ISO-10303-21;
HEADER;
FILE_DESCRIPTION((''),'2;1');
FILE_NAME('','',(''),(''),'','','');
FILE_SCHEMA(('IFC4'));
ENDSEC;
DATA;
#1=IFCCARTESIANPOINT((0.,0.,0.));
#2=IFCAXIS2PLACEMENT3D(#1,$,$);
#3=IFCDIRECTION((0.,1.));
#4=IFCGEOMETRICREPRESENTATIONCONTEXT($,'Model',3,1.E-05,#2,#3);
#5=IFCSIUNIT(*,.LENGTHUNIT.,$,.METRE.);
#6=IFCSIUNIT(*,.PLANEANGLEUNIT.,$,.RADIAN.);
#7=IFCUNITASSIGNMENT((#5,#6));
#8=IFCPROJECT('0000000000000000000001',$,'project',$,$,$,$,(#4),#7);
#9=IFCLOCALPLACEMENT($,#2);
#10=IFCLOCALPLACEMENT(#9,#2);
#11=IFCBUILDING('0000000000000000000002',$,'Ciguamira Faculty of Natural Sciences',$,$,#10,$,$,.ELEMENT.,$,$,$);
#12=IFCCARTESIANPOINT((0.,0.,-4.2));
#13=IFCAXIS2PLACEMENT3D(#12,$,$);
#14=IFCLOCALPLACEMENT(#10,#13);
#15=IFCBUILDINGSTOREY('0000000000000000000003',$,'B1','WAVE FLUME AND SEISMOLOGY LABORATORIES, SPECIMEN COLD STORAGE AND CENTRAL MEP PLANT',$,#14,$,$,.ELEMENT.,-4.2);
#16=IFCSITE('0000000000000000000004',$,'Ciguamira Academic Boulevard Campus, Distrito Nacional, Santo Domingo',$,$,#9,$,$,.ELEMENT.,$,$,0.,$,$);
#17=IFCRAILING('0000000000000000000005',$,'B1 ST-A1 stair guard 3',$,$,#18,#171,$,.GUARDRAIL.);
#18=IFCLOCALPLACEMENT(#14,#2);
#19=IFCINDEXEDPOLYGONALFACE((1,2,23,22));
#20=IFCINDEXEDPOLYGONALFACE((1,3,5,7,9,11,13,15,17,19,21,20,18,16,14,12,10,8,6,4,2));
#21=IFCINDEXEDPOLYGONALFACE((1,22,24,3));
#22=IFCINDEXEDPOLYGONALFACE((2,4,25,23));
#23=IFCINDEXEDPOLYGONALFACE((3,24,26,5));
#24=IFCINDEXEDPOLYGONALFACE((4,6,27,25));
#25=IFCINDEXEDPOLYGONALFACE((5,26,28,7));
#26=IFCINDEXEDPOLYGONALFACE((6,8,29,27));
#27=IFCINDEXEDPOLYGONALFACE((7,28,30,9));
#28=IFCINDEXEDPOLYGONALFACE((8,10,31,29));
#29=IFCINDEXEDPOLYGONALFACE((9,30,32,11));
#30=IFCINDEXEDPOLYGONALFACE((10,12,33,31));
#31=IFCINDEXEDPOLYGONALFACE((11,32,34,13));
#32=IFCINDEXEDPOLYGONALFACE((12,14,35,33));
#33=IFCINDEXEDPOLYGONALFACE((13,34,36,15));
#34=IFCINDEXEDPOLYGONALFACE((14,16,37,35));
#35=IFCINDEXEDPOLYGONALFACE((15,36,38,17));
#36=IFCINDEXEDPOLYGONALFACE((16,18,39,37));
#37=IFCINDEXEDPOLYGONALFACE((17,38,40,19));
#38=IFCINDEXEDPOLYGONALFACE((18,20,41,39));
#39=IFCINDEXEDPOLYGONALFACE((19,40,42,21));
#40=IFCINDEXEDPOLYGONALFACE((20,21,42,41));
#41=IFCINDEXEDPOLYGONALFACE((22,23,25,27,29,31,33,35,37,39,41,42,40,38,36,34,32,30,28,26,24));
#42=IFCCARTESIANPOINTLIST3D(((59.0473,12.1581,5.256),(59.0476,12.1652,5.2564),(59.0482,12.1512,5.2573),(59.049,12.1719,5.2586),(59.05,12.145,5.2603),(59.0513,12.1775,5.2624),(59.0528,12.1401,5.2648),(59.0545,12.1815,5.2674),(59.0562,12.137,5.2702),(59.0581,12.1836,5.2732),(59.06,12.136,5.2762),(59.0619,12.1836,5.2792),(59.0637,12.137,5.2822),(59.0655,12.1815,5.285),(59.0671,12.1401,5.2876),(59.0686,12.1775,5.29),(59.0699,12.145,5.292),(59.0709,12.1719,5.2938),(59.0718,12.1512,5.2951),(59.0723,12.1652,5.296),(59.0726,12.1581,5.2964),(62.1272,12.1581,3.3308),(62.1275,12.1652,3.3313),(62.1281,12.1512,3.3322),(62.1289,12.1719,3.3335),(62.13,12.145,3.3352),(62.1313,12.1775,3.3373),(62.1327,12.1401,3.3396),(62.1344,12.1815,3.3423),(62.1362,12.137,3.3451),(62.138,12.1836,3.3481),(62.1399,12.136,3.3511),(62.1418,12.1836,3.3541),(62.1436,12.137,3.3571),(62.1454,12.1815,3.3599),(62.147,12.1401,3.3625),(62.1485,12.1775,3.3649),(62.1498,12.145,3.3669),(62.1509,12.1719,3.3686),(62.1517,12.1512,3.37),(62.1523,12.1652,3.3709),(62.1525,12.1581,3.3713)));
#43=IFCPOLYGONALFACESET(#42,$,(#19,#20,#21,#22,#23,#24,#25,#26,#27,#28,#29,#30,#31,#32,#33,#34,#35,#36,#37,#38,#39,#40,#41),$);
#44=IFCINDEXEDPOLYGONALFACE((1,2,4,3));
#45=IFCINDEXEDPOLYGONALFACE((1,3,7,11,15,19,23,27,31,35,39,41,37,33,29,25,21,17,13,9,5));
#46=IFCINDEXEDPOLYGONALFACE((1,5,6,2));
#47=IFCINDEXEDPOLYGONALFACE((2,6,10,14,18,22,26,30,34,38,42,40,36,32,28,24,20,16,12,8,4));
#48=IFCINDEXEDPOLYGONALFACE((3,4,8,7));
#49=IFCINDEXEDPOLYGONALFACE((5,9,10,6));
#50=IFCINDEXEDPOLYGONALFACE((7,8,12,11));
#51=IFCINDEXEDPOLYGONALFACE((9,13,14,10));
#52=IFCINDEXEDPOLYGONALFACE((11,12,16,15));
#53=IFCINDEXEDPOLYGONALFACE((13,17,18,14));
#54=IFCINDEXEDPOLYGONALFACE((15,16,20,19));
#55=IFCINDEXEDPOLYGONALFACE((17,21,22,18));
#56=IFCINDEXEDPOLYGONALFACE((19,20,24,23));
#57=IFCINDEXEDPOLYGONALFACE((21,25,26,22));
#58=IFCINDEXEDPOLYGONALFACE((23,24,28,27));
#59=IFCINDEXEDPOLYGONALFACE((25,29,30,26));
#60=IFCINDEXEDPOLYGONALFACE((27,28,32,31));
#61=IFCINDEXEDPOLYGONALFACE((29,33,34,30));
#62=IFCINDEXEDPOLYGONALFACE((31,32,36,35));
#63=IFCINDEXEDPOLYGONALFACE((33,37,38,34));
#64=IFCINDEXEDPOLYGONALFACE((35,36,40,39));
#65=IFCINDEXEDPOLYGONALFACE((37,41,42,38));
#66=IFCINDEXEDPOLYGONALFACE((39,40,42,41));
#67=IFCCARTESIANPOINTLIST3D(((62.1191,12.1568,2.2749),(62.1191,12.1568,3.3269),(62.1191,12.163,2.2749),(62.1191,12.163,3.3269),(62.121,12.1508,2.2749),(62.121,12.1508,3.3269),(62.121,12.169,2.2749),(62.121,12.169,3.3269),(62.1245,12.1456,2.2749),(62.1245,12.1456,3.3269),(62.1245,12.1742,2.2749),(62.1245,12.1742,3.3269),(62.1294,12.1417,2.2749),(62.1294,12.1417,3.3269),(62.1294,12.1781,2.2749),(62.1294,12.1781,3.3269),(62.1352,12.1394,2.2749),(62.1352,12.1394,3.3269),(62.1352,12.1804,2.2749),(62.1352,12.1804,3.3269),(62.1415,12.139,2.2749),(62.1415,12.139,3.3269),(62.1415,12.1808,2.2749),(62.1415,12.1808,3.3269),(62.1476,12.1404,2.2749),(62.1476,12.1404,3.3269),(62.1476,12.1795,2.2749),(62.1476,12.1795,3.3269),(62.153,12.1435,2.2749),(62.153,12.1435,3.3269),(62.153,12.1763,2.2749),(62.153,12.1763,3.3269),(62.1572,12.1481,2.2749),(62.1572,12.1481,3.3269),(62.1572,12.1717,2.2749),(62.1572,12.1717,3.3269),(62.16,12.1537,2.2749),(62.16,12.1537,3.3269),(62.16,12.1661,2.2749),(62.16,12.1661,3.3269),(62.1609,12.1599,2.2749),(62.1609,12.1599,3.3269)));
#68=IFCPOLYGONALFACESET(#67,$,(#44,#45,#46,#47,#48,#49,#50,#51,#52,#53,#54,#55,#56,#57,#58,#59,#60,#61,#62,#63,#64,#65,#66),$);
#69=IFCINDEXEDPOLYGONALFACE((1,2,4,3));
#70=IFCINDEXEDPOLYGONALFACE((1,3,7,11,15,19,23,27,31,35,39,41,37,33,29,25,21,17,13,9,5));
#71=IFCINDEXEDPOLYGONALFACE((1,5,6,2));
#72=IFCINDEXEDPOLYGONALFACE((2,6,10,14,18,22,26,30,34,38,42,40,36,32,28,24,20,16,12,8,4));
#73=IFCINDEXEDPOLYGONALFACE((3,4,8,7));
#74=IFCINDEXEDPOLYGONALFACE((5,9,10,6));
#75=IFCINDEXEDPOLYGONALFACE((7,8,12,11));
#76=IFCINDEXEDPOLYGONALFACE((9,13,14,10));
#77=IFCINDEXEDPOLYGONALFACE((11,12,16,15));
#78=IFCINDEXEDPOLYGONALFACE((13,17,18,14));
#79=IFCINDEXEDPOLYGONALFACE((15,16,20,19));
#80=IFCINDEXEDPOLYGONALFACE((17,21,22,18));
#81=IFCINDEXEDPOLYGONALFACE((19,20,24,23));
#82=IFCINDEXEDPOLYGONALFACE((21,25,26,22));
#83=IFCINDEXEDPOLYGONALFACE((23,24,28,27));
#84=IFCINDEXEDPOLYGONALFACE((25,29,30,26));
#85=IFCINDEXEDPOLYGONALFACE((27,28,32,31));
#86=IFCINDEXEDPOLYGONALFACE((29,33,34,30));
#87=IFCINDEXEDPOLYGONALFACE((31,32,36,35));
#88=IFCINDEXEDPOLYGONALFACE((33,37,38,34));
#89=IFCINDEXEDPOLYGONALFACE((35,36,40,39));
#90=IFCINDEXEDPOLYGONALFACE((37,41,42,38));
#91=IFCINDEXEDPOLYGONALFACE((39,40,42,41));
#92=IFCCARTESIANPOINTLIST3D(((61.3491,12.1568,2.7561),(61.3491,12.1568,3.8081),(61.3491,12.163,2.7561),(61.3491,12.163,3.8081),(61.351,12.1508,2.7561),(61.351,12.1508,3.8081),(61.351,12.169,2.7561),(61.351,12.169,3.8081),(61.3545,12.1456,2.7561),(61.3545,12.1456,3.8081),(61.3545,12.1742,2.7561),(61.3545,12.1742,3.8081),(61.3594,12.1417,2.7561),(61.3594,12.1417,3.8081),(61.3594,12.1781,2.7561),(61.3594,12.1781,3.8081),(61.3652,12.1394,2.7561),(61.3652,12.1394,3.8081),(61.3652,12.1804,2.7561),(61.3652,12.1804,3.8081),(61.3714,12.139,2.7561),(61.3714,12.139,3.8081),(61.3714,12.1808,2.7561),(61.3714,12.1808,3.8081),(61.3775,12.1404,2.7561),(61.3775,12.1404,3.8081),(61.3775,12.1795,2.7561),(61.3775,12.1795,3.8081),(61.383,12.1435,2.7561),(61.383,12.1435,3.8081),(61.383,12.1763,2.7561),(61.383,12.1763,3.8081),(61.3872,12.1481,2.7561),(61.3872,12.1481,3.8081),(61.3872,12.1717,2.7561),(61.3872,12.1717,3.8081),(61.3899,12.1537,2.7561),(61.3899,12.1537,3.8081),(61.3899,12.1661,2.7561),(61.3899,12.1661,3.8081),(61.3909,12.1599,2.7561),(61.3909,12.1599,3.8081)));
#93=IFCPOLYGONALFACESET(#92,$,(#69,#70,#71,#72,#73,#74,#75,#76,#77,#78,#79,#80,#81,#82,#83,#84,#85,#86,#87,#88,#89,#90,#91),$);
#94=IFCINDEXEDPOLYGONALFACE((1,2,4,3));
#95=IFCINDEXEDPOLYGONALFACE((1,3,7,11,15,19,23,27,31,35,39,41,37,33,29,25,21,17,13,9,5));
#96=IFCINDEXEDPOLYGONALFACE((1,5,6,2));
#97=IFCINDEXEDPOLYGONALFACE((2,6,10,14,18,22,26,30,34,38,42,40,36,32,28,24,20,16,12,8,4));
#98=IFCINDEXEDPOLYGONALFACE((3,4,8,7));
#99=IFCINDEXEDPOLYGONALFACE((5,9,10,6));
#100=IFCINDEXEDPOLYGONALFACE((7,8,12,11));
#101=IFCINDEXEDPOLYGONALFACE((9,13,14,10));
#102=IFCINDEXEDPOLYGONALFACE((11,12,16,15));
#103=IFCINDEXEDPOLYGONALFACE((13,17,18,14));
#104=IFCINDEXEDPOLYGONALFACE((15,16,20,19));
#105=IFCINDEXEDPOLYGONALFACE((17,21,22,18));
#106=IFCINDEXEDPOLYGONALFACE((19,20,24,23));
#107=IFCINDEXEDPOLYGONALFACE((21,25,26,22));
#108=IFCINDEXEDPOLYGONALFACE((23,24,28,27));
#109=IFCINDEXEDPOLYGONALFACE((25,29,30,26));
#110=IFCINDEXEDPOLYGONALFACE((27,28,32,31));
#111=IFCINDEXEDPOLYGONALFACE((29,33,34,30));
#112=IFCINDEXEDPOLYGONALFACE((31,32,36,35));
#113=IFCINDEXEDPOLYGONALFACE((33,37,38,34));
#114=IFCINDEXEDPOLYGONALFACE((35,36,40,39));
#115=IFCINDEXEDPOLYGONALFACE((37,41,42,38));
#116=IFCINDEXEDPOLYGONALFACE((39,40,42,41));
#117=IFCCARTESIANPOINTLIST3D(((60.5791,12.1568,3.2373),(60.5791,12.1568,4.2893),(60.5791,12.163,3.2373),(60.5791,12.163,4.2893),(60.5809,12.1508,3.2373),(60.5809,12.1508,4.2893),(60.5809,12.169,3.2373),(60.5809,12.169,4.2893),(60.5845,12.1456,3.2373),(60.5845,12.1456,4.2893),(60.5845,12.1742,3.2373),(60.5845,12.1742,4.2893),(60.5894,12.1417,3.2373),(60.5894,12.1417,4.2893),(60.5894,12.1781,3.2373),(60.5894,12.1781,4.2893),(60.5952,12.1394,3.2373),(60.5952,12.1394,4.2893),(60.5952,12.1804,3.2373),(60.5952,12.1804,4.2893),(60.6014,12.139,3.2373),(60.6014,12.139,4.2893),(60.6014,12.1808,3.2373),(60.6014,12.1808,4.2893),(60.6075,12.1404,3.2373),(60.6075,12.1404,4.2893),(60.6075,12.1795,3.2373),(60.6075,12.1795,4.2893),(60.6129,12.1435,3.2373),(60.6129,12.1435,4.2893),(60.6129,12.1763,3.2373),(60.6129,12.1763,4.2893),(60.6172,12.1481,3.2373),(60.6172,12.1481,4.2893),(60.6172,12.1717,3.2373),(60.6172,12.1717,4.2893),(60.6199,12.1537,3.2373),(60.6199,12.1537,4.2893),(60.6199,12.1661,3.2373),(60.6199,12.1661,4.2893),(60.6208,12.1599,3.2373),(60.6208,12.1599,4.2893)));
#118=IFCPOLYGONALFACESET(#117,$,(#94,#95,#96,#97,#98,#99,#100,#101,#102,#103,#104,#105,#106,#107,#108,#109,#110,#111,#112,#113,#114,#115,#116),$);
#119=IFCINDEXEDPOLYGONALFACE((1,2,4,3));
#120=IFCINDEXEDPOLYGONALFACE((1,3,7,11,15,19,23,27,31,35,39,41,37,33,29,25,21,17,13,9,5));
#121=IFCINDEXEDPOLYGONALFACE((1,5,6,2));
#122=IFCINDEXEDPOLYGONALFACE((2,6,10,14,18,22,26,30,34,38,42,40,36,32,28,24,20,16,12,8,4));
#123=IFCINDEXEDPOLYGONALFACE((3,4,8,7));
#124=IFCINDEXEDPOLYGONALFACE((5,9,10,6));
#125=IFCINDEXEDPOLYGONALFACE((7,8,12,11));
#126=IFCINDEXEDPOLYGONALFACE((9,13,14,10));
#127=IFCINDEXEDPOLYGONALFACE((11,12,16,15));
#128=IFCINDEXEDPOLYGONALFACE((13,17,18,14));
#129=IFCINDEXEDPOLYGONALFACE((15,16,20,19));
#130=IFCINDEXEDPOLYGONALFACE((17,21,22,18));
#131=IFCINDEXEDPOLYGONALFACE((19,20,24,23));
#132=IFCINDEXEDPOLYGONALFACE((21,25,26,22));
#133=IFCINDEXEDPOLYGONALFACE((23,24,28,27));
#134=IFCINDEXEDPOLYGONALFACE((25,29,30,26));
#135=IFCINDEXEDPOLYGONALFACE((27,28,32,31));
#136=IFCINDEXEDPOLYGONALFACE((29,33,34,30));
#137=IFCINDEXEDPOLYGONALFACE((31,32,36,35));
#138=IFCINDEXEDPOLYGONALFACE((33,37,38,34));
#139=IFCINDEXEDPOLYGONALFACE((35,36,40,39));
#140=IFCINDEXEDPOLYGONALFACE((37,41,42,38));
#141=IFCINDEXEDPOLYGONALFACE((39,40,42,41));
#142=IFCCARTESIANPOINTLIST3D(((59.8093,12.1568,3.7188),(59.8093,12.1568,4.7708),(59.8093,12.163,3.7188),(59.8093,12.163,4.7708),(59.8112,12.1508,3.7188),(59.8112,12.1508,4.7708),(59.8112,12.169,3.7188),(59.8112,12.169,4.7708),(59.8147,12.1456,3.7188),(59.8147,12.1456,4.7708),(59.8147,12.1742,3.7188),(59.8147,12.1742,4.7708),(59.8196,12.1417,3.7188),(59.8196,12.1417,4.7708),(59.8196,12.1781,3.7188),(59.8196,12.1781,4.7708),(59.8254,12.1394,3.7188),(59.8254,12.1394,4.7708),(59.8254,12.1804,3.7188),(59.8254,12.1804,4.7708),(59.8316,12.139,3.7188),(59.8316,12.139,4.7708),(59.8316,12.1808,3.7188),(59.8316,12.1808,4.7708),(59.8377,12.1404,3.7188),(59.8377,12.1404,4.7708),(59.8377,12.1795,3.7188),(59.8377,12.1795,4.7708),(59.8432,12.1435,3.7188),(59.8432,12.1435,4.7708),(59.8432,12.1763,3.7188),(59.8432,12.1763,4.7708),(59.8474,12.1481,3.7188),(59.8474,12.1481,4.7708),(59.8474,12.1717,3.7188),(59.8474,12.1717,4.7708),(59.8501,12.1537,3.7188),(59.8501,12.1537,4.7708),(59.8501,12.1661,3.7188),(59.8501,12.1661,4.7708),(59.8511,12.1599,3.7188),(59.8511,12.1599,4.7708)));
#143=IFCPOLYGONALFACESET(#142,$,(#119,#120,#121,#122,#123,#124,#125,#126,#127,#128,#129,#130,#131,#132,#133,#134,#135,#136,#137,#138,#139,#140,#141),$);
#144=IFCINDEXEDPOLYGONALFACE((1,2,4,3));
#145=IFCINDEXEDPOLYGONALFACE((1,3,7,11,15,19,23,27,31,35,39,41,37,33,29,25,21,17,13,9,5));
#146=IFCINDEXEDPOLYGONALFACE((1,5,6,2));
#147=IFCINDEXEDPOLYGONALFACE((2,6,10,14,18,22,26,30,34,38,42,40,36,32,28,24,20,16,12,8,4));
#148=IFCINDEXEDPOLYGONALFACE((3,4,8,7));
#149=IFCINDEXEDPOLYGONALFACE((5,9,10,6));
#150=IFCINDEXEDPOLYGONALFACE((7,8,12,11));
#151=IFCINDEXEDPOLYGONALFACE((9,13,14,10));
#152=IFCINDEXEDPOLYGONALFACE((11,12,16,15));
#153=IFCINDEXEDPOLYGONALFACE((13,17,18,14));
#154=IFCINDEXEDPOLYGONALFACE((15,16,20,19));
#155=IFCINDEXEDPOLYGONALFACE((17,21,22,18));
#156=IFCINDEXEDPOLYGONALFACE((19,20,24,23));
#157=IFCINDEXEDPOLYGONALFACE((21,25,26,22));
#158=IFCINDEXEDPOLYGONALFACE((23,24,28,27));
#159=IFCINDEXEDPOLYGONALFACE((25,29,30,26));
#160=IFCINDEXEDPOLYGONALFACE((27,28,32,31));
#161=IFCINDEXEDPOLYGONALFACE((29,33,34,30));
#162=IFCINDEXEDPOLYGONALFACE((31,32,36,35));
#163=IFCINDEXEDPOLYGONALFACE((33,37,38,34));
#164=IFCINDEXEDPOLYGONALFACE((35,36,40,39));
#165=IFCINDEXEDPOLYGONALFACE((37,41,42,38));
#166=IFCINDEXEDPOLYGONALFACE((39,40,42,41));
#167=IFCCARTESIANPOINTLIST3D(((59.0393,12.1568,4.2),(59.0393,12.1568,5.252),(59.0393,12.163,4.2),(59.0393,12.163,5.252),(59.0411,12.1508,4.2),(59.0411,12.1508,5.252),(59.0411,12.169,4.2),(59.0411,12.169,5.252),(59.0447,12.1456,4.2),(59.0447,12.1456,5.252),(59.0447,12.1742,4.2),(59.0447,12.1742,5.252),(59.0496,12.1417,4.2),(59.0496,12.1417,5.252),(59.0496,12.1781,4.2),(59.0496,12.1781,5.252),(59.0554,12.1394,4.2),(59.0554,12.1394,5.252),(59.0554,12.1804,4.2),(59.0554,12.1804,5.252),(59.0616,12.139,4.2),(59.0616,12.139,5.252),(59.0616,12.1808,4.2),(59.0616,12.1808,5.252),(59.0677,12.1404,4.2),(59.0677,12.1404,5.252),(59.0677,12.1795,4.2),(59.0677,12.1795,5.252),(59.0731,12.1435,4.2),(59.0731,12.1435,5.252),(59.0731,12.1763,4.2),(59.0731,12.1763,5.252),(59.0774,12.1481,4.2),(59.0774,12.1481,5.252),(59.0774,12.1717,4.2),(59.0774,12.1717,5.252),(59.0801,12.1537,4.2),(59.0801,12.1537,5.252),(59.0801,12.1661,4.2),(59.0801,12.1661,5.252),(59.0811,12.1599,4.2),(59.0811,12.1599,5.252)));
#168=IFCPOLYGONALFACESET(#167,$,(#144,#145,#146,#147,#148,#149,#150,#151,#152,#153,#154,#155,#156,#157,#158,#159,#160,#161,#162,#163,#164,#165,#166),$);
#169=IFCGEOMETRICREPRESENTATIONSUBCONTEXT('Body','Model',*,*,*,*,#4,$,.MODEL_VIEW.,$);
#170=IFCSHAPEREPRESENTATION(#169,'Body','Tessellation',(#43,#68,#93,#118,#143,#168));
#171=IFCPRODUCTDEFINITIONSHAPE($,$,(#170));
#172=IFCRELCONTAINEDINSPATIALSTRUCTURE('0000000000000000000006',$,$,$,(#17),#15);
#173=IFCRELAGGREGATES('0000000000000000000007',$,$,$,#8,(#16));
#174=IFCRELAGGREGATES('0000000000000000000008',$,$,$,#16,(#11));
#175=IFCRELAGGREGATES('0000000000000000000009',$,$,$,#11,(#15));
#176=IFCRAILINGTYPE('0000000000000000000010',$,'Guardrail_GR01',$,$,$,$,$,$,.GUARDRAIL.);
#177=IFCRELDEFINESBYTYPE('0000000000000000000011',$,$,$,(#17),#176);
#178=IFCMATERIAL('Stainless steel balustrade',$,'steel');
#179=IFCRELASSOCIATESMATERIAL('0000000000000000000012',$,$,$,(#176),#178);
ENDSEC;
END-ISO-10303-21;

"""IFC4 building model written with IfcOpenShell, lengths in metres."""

from ifc_helpers import new_model, si_unit, direction, frame, origin, origin_2d, place, context, subcontext, project, spatial, circle, extrude, material, type_object, element, save


model = new_model("IFC4")

# Units and contexts
model_context = context("Model", 3, precision=1e-05, world=origin(), true_north=direction((0.0, 1.0)))
body_context = subcontext(model_context, "Body", "Model", "MODEL_VIEW")
ifc_project = project(units=[si_unit("LENGTHUNIT", "METRE"), si_unit("PLANEANGLEUNIT", "RADIAN")], contexts=[model_context])

# Site, building, storey
site_placement = place(None, origin())
site = spatial("IfcSite", under=ifc_project, at=site_placement, Name="Ciguamira Academic Boulevard Campus, Distrito Nacional, Santo Domingo", CompositionType="ELEMENT", RefElevation=0.0)
building_placement = place(site_placement, origin())
building = spatial("IfcBuilding", under=site, at=building_placement, Name="Ciguamira Faculty of Natural Sciences", CompositionType="ELEMENT")
storey_placement = place(building_placement, frame((0.0, 0.0, -4.2)))
storey = spatial("IfcBuildingStorey", under=building, at=storey_placement, Name="B1", Description="WAVE FLUME AND SEISMOLOGY LABORATORIES, SPECIMEN COLD STORAGE AND CENTRAL MEP PLANT", CompositionType="ELEMENT", Elevation=-4.2)

# Railing
ifc_material_1 = material(Name="Stainless steel balustrade", Category="steel")
railing_type_1 = type_object("IfcRailingType", Name="Guardrail_GR01", PredefinedType="GUARDRAIL", material=ifc_material_1)
railing_1_placement = place(storey_placement, frame((62.1399, 12.1599, 2.2749)))
element("IfcRailing", 1, at=railing_1_placement, inside=storey, type_object=railing_type_1, Name="B1 ST-A1 stair guard 3", PredefinedType="GUARDRAIL", context=body_context, shape_type="SweptSolid", body=[
    extrude(circle(Radius=0.0239, at=origin_2d()), frame((0.0, 0.0, 1.0762), z_axis=(-0.847979, 0.0, 0.530029), x_axis=(0.0, -1.0, 0.0)), (0.0, 0.0, 1.0), 3.6321),
    extrude(circle(Radius=0.021, at=origin_2d()), origin(), (0.0, 0.0, 1.0), 1.052),
    extrude(circle(Radius=0.021, at=origin_2d()), frame((-0.77, 0.0, 0.4812)), (0.0, 0.0, 1.0), 1.052),
    extrude(circle(Radius=0.021, at=origin_2d()), frame((-1.54, 0.0, 0.9624)), (0.0, 0.0, 1.0), 1.052),
    extrude(circle(Radius=0.021, at=origin_2d()), frame((-2.3098, 0.0, 1.4438)), (0.0, 0.0, 1.0), 1.052),
    extrude(circle(Radius=0.021, at=origin_2d()), frame((-3.0798, 0.0, 1.925)), (0.0, 0.0, 1.0), 1.052),
])

save(model, "model.ifc")
